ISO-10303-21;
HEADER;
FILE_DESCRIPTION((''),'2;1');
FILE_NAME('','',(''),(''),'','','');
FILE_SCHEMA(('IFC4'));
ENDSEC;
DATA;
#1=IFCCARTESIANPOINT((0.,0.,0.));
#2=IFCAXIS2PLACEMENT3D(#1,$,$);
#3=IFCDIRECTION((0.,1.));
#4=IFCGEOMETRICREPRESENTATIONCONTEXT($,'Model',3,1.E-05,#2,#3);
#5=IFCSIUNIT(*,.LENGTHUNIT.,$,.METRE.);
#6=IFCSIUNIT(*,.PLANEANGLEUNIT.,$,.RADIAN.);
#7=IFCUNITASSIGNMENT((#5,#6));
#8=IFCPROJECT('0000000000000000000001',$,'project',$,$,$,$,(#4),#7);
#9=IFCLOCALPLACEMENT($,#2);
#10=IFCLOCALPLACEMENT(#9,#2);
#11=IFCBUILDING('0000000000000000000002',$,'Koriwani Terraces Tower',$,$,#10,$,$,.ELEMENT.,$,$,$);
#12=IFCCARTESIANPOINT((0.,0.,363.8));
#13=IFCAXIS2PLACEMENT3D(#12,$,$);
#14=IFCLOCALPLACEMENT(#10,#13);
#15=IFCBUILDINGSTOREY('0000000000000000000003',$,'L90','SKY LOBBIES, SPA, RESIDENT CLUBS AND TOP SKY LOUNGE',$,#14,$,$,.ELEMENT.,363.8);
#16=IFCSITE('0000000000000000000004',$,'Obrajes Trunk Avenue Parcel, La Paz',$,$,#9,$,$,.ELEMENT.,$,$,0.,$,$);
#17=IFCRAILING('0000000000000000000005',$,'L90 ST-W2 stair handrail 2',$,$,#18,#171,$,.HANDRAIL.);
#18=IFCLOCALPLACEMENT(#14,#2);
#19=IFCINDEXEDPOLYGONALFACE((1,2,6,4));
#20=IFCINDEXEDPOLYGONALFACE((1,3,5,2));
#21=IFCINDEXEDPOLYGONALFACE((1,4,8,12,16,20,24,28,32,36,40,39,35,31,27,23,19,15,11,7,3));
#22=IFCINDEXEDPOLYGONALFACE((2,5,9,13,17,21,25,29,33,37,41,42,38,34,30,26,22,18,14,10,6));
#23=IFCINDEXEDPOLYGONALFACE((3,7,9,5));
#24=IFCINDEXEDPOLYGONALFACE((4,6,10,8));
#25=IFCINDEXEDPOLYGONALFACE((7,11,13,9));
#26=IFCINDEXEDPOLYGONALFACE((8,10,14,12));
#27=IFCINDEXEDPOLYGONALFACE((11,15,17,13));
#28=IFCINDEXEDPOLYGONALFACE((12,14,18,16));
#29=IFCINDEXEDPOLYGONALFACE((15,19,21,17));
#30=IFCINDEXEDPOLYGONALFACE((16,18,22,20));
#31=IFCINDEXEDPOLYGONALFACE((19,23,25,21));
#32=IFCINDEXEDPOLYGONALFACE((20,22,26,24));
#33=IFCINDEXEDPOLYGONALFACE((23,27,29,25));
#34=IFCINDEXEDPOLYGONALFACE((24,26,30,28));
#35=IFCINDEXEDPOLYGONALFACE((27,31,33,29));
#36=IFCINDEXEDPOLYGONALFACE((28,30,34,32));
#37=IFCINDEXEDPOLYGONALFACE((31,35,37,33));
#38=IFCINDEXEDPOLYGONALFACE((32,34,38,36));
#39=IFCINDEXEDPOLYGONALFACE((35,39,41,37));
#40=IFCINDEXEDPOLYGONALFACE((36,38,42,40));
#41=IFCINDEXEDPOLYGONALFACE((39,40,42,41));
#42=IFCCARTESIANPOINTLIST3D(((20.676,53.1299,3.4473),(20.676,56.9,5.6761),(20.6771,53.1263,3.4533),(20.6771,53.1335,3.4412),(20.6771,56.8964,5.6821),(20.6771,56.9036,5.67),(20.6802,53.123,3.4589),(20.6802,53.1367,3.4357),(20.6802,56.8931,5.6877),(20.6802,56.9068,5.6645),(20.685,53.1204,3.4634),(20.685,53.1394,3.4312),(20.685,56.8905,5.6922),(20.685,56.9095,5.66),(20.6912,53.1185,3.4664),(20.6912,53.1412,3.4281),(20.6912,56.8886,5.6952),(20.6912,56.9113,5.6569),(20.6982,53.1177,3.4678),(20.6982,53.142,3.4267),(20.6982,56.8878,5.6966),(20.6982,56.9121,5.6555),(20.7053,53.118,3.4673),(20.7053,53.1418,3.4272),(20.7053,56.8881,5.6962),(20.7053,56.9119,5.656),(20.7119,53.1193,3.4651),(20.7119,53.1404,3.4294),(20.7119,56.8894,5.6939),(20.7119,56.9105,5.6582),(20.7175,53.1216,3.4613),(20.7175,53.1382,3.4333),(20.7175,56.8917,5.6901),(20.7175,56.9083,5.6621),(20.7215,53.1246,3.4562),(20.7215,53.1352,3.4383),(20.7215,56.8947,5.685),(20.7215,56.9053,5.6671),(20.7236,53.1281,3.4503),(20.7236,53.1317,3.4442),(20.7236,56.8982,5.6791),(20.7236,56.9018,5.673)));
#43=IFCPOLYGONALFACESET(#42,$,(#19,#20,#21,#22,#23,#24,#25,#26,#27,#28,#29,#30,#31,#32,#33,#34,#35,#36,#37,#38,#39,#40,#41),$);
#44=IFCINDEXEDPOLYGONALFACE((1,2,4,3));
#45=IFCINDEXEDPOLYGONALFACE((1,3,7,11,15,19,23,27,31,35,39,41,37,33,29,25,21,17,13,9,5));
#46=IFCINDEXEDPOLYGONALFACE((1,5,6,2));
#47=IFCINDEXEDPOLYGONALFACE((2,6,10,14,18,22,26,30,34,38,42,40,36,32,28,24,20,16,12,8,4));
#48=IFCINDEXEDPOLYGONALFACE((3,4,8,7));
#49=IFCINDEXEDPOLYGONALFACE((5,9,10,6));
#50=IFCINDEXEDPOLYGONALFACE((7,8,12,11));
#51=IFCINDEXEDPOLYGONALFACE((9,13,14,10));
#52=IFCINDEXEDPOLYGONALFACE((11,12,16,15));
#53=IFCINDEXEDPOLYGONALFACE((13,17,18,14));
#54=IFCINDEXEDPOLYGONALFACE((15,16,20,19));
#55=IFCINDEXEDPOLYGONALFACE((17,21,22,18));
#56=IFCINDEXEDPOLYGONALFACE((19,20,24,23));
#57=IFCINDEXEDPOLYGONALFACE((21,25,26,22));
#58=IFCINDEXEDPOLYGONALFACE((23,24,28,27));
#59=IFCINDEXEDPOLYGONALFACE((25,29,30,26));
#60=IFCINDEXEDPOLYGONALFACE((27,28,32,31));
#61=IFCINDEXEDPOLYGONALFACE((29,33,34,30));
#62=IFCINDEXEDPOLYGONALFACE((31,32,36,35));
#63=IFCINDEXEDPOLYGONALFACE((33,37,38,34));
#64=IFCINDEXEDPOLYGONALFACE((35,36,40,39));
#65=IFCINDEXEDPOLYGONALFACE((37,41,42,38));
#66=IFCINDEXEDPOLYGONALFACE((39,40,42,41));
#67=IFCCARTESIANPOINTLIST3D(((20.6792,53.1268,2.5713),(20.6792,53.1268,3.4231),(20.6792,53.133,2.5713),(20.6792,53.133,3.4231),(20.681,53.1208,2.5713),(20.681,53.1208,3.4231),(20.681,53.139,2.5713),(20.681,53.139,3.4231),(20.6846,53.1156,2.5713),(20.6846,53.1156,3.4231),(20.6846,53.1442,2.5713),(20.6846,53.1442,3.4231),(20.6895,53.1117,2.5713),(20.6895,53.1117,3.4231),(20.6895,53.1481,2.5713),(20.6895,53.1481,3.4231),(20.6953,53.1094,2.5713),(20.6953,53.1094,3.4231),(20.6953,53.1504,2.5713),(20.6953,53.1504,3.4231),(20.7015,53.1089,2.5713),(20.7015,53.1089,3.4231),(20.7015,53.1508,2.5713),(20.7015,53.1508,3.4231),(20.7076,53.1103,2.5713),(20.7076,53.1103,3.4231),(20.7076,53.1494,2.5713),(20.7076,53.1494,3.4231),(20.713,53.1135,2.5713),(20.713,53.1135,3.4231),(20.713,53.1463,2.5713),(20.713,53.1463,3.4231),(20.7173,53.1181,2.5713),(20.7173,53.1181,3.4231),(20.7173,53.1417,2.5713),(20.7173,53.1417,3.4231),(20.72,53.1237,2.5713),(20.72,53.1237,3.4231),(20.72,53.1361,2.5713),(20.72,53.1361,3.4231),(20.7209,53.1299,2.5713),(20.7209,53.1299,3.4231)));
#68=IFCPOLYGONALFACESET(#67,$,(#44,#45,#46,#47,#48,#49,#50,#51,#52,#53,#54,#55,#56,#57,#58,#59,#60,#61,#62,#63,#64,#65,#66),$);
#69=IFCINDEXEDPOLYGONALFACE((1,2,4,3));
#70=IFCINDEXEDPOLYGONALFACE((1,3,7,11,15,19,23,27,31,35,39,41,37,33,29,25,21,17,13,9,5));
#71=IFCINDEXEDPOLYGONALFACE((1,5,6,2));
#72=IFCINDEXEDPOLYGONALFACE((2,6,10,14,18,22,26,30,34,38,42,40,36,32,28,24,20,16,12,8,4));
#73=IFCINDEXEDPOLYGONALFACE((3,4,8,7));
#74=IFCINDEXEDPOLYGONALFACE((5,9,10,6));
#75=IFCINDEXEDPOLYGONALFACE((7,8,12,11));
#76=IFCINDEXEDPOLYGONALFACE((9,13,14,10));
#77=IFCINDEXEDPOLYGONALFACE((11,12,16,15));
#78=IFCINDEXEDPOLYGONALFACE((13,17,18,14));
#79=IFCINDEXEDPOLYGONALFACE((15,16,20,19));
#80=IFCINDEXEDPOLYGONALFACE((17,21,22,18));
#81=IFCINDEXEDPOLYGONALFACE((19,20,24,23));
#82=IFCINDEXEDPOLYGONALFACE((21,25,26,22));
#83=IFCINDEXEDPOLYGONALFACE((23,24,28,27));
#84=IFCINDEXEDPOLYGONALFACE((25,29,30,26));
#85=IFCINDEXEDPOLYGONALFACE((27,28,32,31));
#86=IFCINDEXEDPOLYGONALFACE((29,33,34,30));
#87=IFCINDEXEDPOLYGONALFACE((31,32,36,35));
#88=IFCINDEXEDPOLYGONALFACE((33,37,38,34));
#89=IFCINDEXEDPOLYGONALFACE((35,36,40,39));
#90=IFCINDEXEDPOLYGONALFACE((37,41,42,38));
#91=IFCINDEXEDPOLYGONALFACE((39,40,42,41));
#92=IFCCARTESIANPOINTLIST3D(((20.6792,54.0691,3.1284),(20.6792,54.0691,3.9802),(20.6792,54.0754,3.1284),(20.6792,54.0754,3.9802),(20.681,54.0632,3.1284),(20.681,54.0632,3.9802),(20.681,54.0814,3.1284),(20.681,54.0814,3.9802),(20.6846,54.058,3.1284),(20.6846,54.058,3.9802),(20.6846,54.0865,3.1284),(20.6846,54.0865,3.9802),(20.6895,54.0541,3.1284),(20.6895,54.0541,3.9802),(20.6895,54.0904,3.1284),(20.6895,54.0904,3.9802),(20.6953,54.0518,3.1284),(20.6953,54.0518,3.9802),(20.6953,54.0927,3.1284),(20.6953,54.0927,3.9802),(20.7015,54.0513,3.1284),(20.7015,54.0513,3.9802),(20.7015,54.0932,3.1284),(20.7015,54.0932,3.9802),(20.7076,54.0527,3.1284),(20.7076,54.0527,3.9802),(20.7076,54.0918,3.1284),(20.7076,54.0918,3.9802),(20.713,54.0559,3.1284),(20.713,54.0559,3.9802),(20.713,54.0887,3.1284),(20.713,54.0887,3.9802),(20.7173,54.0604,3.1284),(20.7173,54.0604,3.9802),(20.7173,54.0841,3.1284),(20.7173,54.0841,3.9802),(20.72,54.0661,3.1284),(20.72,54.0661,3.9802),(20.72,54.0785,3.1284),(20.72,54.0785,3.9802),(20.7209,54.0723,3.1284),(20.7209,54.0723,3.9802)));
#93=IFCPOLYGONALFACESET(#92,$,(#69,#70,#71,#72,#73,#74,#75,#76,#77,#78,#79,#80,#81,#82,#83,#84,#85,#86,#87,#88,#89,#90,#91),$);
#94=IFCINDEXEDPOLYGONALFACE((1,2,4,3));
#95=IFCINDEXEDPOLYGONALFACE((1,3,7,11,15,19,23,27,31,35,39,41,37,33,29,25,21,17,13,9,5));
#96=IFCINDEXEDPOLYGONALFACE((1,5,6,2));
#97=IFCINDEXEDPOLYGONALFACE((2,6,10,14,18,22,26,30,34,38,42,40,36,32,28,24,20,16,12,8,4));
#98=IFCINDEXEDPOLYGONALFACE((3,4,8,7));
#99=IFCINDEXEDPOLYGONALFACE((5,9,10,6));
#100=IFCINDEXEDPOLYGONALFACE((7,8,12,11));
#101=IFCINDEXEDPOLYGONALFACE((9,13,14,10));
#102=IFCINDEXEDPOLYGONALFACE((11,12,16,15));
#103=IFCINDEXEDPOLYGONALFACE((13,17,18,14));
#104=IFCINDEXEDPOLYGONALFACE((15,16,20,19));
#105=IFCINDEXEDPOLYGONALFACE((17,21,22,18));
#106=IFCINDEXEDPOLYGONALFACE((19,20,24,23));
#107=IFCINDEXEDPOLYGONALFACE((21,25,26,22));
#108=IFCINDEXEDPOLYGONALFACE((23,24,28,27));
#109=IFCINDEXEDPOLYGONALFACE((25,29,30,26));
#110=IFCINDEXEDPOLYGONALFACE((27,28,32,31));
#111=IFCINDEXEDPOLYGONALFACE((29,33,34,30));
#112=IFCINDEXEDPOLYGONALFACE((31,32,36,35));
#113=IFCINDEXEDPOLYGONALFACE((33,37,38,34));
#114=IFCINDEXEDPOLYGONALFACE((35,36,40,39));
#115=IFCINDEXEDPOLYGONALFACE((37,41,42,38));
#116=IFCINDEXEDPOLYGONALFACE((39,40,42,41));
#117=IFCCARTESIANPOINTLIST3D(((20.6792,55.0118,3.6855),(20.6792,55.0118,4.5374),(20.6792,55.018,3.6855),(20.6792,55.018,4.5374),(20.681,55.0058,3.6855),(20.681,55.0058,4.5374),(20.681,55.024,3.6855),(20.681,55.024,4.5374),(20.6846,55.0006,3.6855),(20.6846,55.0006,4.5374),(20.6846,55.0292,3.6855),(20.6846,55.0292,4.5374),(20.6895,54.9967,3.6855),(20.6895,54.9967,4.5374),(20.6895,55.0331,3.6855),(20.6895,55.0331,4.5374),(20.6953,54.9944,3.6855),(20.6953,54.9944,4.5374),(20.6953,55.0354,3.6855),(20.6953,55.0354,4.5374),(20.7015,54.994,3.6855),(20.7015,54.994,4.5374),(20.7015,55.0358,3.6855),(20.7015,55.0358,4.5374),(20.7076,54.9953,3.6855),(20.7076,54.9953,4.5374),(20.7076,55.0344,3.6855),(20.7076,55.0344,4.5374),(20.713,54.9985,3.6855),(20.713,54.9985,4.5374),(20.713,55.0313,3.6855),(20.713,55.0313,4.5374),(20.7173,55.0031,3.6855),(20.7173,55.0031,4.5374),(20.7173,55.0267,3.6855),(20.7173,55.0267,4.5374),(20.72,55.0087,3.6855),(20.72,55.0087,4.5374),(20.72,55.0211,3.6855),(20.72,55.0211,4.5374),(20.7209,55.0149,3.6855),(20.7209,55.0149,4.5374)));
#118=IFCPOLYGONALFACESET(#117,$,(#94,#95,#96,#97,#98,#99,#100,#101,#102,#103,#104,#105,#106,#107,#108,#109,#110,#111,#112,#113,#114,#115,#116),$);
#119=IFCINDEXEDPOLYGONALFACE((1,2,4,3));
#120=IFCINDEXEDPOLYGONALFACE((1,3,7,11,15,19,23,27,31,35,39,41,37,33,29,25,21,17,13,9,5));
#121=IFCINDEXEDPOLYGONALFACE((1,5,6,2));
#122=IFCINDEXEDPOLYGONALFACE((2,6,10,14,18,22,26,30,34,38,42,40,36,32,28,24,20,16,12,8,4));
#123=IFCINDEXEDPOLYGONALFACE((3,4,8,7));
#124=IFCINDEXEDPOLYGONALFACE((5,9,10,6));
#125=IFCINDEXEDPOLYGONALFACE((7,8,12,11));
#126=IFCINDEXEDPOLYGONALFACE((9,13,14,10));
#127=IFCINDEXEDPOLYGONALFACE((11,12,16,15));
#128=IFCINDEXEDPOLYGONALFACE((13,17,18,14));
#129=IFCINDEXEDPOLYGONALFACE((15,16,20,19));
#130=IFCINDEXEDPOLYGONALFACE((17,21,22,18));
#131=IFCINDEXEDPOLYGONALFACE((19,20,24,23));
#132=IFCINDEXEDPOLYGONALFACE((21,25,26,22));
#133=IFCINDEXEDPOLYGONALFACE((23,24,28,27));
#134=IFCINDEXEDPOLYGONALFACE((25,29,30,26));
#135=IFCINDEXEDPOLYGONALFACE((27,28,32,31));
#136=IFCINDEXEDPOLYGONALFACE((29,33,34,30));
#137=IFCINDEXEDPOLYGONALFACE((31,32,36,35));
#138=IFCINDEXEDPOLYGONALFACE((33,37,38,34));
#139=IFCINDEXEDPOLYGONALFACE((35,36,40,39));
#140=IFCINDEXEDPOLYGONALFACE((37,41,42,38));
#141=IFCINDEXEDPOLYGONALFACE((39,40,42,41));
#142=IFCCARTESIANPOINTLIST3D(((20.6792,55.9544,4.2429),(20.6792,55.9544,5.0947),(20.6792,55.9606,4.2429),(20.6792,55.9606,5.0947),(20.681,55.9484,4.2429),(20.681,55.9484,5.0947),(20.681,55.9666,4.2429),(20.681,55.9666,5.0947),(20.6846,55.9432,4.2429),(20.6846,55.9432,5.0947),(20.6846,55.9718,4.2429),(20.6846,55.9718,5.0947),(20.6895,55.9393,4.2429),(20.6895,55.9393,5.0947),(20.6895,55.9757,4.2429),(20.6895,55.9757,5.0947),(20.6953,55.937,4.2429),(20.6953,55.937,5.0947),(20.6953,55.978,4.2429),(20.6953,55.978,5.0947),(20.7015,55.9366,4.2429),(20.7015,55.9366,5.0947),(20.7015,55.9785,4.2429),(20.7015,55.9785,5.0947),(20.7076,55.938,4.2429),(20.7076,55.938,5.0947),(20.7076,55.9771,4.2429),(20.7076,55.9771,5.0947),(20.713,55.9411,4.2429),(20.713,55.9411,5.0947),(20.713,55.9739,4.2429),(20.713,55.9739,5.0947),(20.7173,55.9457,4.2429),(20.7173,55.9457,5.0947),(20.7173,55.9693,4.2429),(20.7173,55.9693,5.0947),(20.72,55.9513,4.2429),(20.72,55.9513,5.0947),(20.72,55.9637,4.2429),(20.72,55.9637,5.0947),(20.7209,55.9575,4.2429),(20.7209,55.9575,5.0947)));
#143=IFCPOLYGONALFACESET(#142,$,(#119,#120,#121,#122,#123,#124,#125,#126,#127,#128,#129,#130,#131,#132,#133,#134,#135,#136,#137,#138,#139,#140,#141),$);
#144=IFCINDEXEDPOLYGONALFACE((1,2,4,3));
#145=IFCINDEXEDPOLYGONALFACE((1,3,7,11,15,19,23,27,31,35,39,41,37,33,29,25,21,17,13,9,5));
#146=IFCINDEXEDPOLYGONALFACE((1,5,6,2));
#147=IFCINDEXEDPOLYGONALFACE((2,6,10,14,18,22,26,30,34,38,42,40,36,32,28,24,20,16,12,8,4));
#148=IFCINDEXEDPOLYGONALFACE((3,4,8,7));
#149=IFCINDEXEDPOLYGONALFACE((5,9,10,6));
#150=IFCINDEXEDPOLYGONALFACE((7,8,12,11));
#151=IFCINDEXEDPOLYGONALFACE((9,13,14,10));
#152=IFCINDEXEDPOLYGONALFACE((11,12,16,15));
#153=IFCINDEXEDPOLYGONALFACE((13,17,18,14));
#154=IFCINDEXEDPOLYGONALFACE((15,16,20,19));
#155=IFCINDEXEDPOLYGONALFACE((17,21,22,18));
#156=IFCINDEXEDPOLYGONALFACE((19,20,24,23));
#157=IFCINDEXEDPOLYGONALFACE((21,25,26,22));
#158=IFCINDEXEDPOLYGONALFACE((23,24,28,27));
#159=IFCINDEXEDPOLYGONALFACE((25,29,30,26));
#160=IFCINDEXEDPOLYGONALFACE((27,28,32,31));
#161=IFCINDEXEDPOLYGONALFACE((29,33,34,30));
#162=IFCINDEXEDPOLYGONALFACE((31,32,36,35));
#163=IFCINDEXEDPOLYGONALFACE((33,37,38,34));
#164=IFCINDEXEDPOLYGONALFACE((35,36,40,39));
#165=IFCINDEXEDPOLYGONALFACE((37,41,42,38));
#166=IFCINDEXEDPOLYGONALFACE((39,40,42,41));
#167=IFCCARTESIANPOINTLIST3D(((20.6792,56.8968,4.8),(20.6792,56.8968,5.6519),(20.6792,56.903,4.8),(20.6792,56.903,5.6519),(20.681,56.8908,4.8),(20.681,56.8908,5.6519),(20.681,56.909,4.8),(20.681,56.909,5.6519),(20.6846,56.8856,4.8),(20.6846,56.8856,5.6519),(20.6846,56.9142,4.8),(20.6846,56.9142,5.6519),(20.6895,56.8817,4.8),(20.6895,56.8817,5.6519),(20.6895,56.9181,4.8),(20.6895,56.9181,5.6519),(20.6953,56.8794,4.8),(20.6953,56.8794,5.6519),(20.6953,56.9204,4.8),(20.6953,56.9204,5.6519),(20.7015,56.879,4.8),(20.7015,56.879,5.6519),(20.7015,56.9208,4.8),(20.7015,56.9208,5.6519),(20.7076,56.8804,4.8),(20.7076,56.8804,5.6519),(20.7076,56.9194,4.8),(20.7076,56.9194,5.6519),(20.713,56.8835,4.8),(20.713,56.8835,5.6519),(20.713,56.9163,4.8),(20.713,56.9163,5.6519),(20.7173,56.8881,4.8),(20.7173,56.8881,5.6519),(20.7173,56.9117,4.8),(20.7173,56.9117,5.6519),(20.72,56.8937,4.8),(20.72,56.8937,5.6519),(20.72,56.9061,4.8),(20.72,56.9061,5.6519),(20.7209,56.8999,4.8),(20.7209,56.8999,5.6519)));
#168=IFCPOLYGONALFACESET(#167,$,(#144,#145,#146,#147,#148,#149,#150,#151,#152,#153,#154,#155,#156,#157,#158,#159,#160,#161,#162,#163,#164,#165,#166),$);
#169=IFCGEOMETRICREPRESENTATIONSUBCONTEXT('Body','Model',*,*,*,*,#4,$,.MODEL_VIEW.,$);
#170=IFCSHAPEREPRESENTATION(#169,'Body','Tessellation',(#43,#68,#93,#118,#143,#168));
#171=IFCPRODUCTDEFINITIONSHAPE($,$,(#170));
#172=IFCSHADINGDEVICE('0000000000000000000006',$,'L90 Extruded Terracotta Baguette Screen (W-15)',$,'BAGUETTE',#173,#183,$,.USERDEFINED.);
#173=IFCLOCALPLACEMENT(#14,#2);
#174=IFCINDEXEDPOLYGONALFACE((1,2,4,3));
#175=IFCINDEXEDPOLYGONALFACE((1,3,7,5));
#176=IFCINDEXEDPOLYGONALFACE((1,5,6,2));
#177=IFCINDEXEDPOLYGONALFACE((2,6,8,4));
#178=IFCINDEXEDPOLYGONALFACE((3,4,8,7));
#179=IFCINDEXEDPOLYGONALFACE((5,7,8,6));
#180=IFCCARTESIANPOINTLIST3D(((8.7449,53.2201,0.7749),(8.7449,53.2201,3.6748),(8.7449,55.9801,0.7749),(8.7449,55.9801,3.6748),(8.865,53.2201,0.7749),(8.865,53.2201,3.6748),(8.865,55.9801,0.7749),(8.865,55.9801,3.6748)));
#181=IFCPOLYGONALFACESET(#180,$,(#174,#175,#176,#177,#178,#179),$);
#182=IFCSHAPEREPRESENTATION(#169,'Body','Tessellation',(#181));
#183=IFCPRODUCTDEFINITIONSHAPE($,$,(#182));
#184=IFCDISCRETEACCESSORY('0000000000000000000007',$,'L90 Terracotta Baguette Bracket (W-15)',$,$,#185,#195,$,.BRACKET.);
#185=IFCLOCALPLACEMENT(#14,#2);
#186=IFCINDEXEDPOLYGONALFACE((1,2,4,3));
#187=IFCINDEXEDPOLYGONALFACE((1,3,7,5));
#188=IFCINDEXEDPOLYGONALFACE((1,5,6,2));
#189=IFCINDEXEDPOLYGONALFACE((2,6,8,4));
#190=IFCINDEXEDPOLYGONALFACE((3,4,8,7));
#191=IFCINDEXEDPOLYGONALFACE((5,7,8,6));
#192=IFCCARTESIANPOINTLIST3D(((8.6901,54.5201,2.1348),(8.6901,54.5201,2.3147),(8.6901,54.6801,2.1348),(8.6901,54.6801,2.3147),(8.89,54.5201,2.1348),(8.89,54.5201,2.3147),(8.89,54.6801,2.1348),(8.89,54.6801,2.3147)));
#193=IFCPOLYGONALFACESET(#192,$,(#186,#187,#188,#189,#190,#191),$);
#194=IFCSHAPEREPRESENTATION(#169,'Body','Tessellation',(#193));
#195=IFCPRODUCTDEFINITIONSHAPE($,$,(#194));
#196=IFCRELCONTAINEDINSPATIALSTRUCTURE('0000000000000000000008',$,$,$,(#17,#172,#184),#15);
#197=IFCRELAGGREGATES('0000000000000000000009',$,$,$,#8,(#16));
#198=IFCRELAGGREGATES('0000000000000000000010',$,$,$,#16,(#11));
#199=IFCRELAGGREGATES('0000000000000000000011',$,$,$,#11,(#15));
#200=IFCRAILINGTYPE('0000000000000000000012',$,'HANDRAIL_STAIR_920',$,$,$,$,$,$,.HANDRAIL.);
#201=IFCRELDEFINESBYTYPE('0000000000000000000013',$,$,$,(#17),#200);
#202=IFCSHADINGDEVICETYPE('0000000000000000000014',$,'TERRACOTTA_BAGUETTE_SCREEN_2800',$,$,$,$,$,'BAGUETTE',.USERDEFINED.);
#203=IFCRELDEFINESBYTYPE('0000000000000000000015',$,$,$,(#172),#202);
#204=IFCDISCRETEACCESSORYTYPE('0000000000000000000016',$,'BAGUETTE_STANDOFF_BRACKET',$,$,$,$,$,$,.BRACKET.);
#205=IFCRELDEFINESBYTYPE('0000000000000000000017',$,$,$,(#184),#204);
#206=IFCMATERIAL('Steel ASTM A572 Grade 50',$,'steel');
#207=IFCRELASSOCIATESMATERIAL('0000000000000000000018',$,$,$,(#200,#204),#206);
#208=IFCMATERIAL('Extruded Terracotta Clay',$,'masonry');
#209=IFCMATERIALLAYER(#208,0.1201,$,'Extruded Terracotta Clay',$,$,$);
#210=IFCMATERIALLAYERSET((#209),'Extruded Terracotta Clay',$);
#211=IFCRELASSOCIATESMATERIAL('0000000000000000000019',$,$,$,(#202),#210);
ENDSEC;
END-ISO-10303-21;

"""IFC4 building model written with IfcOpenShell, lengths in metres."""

from ifc_helpers import new_model, si_unit, direction, frame, origin, origin_2d, place, context, subcontext, project, spatial, rectangle, circle, extrude, material, layer, layer_set, type_object, element, save


model = new_model("IFC4")

# Units and contexts
model_context = context("Model", 3, precision=1e-05, world=origin(), true_north=direction((0.0, 1.0)))
body_context = subcontext(model_context, "Body", "Model", "MODEL_VIEW")
ifc_project = project(units=[si_unit("LENGTHUNIT", "METRE"), si_unit("PLANEANGLEUNIT", "RADIAN")], contexts=[model_context])

# Site, building, storey
site_placement = place(None, origin())
site = spatial("IfcSite", under=ifc_project, at=site_placement, Name="Obrajes Trunk Avenue Parcel, La Paz", CompositionType="ELEMENT", RefElevation=0.0)
building_placement = place(site_placement, origin())
building = spatial("IfcBuilding", under=site, at=building_placement, Name="Koriwani Terraces Tower", CompositionType="ELEMENT")
storey_placement = place(building_placement, frame((0.0, 0.0, 363.8)))
storey = spatial("IfcBuildingStorey", under=building, at=storey_placement, Name="L90", Description="SKY LOBBIES, SPA, RESIDENT CLUBS AND TOP SKY LOUNGE", CompositionType="ELEMENT", Elevation=363.8)

# Shared definitions
ifc_material_1 = material(Name="Steel ASTM A572 Grade 50", Category="steel")

# Railing
railing_type_1 = type_object("IfcRailingType", Name="HANDRAIL_STAIR_920", PredefinedType="HANDRAIL", material=ifc_material_1)
railing_1_placement = place(storey_placement, frame((20.7, 53.1299, 2.5713)))
element("IfcRailing", 1, at=railing_1_placement, inside=storey, type_object=railing_type_1, Name="L90 ST-W2 stair handrail 2", PredefinedType="HANDRAIL", context=body_context, shape_type="SweptSolid", body=[
    extrude(circle(Radius=0.0239, at=origin_2d()), frame((0.0, 0.0, 0.876), z_axis=(0.0, 0.860824, 0.508902), x_axis=(-1.0, 0.0, 0.0)), (0.0, 0.0, 1.0), 4.3796),
    extrude(circle(Radius=0.021, at=origin_2d()), origin(), (0.0, 0.0, 1.0), 0.8518),
    extrude(circle(Radius=0.021, at=origin_2d()), frame((0.0, 0.9424, 0.5571)), (0.0, 0.0, 1.0), 0.8518),
    extrude(circle(Radius=0.021, at=origin_2d()), frame((0.0, 1.885, 1.1143)), (0.0, 0.0, 1.0), 0.8518),
    extrude(circle(Radius=0.021, at=origin_2d()), frame((0.0, 2.8276, 1.6716)), (0.0, 0.0, 1.0), 0.8518),
    extrude(circle(Radius=0.021, at=origin_2d()), frame((0.0, 3.77, 2.2288)), (0.0, 0.0, 1.0), 0.8518),
])

# Shading device
ifc_material_2 = material(Name="Extruded Terracotta Clay", Category="masonry")
ifc_layer_1 = layer(ifc_material_2, 0.1201, Name="Extruded Terracotta Clay")
ifc_layer_set_1 = layer_set([ifc_layer_1], Name="Extruded Terracotta Clay")
shading_device_type = type_object("IfcShadingDeviceType", Name="TERRACOTTA_BAGUETTE_SCREEN_2800", ElementType="BAGUETTE", PredefinedType="USERDEFINED", material=ifc_layer_set_1)
shading_device_placement = place(storey_placement, frame((8.8049, 54.6001, 0.7749), z_axis=(0.0, 0.0, 1.0), x_axis=(0.0, 1.0, 0.0)))
element("IfcShadingDevice", 2, at=shading_device_placement, inside=storey, type_object=shading_device_type, Name="L90 Extruded Terracotta Baguette Screen (W-15)", ObjectType="BAGUETTE", PredefinedType="USERDEFINED", context=body_context, shape_type="SweptSolid", body=[
    extrude(rectangle(XDim=2.76, YDim=0.1201, at=origin_2d()), origin(), (0.0, 0.0, 1.0), 2.8999),
])

# Discrete accessory
discrete_accessory_type = type_object("IfcDiscreteAccessoryType", Name="BAGUETTE_STANDOFF_BRACKET", PredefinedType="BRACKET", material=ifc_material_1)
discrete_accessory_placement = place(storey_placement, frame((8.79, 54.6001, 2.1348), z_axis=(0.0, 0.0, 1.0), x_axis=(0.0, 1.0, 0.0)))
element("IfcDiscreteAccessory", 3, at=discrete_accessory_placement, inside=storey, type_object=discrete_accessory_type, Name="L90 Terracotta Baguette Bracket (W-15)", PredefinedType="BRACKET", context=body_context, shape_type="SweptSolid", body=[
    extrude(rectangle(XDim=0.1599, YDim=0.2, at=origin_2d()), origin(), (0.0, 0.0, 1.0), 0.1799),
])

save(model, "model.ifc")
